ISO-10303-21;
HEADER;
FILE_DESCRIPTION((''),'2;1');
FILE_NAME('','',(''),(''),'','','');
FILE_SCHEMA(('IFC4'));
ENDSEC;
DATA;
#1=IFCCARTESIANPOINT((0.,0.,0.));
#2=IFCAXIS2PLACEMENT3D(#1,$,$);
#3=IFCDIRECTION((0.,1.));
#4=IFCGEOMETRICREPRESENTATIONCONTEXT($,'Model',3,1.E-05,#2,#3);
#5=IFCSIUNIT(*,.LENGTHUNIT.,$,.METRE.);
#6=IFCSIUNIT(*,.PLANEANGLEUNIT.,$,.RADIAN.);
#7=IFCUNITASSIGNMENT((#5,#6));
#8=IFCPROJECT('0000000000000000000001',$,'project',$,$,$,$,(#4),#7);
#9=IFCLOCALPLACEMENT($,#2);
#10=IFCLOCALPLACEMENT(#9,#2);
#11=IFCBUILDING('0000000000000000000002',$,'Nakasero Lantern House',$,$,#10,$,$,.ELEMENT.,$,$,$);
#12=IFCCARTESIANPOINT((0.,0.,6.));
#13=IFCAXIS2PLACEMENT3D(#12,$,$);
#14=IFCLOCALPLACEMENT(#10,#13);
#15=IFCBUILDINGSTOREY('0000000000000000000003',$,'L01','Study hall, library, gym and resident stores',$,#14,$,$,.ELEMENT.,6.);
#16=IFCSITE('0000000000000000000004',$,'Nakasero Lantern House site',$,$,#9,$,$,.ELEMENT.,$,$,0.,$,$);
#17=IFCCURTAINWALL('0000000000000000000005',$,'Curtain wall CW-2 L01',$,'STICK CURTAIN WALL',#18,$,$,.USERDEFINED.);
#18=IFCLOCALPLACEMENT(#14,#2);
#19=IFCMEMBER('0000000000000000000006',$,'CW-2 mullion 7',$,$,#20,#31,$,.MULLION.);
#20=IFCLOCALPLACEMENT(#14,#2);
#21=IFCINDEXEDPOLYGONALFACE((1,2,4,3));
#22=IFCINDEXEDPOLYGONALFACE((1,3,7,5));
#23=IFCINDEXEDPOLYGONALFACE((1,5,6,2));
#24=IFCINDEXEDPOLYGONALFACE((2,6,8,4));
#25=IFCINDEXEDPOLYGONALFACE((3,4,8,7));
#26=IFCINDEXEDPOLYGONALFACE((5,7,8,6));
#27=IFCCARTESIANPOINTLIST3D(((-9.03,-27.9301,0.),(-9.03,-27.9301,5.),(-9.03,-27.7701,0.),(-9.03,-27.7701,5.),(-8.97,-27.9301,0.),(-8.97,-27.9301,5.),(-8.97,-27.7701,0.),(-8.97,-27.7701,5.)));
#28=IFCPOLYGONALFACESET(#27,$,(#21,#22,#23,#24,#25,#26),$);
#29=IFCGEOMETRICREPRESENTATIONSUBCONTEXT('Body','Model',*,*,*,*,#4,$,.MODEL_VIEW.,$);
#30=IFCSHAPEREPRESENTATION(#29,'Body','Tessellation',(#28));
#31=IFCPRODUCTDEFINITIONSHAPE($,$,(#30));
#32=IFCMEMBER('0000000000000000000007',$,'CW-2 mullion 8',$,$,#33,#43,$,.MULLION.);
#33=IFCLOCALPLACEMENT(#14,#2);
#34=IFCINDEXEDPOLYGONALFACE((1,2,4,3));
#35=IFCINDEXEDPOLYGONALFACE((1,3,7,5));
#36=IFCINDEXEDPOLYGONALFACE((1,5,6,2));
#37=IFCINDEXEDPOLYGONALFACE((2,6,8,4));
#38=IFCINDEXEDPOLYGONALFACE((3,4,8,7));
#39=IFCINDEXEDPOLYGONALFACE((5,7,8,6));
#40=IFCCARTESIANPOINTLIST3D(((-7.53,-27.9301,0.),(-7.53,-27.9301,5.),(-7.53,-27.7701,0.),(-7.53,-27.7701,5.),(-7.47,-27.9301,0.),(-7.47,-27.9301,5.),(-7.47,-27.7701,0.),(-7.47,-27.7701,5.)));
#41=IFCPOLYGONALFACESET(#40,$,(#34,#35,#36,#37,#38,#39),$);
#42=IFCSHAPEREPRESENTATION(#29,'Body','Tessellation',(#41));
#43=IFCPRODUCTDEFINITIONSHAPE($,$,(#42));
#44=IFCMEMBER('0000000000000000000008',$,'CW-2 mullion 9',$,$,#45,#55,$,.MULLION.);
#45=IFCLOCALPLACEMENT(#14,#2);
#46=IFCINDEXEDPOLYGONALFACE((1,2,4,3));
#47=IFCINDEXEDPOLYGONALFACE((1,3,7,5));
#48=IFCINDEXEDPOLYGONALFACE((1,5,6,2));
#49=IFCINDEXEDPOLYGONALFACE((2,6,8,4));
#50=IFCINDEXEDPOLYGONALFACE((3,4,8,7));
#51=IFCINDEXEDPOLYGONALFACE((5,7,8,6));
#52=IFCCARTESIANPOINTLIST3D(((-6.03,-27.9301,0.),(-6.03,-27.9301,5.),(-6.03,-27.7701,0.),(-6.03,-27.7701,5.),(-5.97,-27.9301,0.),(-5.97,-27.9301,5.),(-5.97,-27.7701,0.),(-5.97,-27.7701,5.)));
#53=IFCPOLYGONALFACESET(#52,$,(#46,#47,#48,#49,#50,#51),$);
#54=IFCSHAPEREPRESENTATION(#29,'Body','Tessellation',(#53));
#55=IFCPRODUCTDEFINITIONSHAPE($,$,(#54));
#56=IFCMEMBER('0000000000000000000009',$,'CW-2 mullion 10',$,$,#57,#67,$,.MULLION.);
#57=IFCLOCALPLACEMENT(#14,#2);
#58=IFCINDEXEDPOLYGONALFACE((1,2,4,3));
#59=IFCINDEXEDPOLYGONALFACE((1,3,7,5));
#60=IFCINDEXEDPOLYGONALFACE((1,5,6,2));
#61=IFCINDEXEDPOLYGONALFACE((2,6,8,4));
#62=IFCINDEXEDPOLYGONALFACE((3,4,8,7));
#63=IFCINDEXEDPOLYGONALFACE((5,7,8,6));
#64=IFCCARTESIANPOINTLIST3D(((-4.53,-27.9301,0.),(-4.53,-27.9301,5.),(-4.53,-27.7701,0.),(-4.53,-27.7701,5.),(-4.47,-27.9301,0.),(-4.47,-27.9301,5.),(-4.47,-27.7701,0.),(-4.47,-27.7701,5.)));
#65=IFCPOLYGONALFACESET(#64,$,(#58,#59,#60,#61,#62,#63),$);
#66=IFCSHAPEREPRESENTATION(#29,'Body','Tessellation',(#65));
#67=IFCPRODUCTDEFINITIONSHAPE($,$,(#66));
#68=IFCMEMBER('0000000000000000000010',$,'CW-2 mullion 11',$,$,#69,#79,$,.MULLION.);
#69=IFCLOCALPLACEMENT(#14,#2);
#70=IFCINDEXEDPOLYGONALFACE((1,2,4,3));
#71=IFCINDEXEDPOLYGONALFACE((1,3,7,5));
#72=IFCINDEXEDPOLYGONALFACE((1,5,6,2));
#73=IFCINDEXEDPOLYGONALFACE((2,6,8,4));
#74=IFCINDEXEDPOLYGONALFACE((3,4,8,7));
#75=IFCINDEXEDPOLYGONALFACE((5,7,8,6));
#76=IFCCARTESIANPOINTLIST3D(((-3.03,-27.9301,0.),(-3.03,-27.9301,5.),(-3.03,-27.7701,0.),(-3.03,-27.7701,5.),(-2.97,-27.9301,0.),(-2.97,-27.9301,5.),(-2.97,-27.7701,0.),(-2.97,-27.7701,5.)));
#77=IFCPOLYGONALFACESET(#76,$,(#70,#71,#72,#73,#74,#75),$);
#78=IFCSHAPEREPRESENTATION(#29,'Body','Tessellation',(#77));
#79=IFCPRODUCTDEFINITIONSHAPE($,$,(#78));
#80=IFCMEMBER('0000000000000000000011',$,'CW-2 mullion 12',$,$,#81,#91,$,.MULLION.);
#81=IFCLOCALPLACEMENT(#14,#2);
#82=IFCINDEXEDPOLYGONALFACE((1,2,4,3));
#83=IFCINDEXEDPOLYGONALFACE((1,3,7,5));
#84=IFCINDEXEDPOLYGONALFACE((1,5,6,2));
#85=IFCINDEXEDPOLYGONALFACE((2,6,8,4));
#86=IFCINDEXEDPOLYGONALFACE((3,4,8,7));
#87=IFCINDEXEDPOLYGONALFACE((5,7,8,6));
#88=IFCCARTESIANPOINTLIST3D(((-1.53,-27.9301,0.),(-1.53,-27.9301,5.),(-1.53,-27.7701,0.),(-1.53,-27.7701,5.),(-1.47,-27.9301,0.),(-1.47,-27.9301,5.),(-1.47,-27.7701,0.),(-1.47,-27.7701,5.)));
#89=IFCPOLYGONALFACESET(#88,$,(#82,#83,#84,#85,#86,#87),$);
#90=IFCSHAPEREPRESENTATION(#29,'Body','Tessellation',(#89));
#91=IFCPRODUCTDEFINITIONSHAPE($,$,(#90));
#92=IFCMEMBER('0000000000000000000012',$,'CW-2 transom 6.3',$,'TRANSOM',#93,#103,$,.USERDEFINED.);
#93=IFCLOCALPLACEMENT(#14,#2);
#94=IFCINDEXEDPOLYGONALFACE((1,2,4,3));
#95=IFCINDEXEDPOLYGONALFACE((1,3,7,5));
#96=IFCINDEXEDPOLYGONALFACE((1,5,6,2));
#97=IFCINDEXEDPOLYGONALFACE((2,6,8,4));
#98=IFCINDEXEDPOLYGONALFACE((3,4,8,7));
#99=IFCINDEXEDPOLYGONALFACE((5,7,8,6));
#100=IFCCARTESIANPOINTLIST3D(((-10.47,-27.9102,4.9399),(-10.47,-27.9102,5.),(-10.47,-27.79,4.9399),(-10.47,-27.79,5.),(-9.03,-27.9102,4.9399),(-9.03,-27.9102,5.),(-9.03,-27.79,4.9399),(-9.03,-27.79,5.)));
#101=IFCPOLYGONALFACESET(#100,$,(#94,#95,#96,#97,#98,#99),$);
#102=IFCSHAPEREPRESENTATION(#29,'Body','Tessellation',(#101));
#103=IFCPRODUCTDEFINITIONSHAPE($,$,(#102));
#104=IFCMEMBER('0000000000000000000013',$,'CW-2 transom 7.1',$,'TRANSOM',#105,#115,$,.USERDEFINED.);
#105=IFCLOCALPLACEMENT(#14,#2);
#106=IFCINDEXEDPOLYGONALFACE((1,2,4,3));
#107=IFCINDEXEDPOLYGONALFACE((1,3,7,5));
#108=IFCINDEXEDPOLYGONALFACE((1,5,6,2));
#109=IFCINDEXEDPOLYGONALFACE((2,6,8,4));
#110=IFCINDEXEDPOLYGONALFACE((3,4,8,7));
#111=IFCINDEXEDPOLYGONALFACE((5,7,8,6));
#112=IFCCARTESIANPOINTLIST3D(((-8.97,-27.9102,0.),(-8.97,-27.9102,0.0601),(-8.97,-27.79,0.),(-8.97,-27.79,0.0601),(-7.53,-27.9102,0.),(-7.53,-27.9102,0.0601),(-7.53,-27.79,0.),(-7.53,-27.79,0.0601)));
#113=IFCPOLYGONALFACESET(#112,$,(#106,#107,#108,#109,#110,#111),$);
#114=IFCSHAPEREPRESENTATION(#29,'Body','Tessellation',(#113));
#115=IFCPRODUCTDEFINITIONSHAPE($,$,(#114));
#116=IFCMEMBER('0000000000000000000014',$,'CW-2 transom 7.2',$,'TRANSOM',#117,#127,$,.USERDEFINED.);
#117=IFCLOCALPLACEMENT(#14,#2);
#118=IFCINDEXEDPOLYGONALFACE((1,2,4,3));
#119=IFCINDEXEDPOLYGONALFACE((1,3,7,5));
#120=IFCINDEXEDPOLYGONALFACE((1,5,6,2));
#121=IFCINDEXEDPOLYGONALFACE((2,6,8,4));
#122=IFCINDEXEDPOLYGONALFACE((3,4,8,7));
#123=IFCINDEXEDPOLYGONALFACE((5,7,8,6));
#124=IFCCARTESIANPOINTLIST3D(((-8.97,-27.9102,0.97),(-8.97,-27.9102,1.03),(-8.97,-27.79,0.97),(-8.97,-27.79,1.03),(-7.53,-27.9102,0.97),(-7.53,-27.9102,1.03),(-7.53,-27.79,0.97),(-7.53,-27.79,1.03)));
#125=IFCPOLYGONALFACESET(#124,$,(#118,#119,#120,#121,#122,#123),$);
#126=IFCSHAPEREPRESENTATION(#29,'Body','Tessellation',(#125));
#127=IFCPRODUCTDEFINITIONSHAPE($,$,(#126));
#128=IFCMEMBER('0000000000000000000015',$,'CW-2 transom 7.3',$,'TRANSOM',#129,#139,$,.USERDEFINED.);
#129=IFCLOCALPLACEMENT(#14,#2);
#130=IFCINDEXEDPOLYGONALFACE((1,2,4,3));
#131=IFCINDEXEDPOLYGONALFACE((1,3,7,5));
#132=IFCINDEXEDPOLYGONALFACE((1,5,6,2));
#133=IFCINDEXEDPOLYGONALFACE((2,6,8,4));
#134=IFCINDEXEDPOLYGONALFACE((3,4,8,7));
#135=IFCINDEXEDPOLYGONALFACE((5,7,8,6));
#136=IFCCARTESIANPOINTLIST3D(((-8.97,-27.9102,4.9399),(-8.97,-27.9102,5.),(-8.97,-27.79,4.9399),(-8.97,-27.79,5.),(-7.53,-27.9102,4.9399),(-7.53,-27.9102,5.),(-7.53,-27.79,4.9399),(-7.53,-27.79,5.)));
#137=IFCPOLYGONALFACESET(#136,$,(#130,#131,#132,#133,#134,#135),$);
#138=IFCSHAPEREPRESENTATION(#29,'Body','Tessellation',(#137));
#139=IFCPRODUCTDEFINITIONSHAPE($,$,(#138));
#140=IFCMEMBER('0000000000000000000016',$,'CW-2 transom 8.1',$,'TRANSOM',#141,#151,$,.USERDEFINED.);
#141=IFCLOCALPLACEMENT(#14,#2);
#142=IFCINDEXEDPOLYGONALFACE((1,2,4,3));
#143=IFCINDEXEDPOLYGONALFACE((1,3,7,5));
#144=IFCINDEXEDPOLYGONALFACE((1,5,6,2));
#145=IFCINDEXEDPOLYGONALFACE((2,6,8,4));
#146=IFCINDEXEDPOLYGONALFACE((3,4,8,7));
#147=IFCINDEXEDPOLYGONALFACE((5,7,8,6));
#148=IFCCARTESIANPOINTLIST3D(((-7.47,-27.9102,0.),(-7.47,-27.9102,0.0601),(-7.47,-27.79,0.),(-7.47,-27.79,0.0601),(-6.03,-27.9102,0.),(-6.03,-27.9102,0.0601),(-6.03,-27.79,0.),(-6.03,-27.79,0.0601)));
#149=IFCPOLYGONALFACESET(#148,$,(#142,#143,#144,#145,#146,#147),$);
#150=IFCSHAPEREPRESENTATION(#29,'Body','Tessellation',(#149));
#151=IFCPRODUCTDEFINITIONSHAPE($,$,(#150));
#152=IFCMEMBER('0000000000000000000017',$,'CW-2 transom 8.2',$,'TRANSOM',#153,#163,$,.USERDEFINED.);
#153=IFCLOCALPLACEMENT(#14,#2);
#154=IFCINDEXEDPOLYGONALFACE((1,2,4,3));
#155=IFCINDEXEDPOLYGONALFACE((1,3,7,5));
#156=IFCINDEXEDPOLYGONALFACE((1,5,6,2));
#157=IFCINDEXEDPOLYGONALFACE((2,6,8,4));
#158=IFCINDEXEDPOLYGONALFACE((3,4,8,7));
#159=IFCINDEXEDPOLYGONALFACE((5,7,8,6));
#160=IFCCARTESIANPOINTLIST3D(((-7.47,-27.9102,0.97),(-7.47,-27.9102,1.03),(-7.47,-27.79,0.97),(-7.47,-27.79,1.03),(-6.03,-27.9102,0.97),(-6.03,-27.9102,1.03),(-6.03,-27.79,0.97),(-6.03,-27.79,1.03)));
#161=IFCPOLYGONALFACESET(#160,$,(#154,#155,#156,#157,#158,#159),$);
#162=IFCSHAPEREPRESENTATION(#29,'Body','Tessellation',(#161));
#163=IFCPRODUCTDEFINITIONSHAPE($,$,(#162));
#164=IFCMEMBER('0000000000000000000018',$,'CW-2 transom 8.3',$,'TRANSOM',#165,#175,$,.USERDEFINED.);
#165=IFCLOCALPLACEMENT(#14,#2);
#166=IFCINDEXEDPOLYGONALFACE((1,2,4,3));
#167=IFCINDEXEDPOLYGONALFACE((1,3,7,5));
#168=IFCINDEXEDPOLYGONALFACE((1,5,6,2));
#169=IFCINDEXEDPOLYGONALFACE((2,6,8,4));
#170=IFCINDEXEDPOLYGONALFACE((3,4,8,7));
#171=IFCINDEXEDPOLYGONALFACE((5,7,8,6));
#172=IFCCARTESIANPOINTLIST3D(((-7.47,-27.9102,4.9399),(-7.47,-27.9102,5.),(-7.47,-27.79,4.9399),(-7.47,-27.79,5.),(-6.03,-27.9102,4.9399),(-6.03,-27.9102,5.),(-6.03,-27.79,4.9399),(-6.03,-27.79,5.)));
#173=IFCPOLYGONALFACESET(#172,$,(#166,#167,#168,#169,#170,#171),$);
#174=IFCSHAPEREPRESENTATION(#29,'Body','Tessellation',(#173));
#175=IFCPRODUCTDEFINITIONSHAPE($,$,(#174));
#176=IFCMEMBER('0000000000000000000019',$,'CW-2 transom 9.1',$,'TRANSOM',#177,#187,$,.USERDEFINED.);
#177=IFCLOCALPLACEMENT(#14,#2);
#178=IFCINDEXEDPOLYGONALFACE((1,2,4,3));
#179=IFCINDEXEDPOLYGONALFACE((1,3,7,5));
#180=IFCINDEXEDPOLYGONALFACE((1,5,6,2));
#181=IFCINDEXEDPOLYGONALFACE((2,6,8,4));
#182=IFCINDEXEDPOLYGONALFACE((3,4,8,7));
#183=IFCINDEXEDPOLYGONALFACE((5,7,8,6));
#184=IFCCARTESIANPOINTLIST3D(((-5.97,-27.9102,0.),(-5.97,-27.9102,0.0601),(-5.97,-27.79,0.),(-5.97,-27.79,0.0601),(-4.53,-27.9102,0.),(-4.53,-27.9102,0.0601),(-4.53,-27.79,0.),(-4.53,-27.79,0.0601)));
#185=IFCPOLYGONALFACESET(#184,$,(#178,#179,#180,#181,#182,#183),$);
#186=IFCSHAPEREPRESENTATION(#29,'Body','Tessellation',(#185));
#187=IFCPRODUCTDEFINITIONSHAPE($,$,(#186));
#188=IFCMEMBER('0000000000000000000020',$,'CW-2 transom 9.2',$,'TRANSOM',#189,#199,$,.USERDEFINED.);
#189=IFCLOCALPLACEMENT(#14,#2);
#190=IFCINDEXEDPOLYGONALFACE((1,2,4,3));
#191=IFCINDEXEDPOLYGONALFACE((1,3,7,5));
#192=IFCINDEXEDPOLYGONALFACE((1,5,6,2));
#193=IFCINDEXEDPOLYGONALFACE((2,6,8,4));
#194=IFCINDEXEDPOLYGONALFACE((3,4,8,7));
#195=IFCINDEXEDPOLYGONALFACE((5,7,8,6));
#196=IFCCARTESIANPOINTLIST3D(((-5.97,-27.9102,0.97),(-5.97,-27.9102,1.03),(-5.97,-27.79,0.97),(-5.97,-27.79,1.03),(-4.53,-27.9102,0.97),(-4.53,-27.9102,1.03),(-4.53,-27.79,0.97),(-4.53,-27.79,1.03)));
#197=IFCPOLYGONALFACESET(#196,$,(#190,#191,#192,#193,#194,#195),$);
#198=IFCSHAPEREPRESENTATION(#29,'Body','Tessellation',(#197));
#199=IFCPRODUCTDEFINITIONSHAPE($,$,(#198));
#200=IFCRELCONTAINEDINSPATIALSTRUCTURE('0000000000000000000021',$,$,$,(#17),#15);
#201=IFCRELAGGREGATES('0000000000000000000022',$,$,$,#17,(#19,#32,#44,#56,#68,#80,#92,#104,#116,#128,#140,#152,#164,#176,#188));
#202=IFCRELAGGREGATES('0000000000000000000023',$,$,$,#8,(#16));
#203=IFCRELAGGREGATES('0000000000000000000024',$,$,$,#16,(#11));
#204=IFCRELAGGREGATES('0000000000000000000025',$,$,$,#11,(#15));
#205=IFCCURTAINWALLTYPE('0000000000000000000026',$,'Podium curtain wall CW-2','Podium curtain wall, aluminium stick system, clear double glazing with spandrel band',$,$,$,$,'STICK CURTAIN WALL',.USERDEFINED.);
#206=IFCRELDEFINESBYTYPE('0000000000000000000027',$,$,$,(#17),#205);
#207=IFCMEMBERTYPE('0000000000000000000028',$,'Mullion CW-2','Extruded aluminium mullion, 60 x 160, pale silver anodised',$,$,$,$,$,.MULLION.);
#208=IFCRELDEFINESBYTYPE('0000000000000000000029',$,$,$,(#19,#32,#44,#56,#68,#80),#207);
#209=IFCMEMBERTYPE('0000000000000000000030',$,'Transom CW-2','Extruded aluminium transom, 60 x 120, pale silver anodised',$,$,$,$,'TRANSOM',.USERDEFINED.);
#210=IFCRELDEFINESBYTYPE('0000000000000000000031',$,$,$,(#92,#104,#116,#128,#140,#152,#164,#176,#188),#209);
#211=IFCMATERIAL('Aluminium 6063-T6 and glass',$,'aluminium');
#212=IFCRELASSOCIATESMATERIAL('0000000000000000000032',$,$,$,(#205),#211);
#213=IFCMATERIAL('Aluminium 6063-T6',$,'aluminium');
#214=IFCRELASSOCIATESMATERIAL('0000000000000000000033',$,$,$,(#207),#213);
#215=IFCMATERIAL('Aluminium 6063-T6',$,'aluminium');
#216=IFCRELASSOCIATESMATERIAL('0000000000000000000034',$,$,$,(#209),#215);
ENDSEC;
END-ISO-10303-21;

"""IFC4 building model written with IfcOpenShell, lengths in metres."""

from ifc_helpers import new_model, si_unit, direction, frame, origin, origin_2d, place, context, subcontext, project, spatial, rectangle, extrude, material, material_profile, profile_set, type_object, element, aggregate, save


model = new_model("IFC4")

# Units and contexts
model_context = context("Model", 3, precision=1e-05, world=origin(), true_north=direction((0.0, 1.0)))
body_context = subcontext(model_context, "Body", "Model", "MODEL_VIEW")
ifc_project = project(units=[si_unit("LENGTHUNIT", "METRE"), si_unit("PLANEANGLEUNIT", "RADIAN")], contexts=[model_context])

# Site, building, storey
site_placement = place(None, origin())
site = spatial("IfcSite", under=ifc_project, at=site_placement, Name="Nakasero Lantern House site", CompositionType="ELEMENT", RefElevation=0.0)
building_placement = place(site_placement, origin())
building = spatial("IfcBuilding", under=site, at=building_placement, Name="Nakasero Lantern House", CompositionType="ELEMENT")
storey_placement = place(building_placement, frame((0.0, 0.0, 6.0)))
storey = spatial("IfcBuildingStorey", under=building, at=storey_placement, Name="L01", Description="Study hall, library, gym and resident stores", CompositionType="ELEMENT", Elevation=6.0)

# Curtain wall, members
ifc_material_1 = material(Name="Aluminium 6063-T6 and glass", Category="aluminium")
curtain_wall_type = type_object("IfcCurtainWallType", Name="Podium curtain wall CW-2", Description="Podium curtain wall, aluminium stick system, clear double glazing with spandrel band", ElementType="STICK CURTAIN WALL", PredefinedType="USERDEFINED", material=ifc_material_1)
curtain_wall_placement = place(storey_placement, origin())
curtain_wall = element("IfcCurtainWall", 1, at=curtain_wall_placement, inside=storey, type_object=curtain_wall_type, Name="Curtain wall CW-2 L01", ObjectType="STICK CURTAIN WALL", PredefinedType="USERDEFINED")
ifc_material_2 = material(Name="Aluminium 6063-T6", Category="aluminium")
ifc_material_profile_1 = material_profile(ifc_material_2, rectangle(XDim=0.0601, YDim=0.1599, at=origin_2d()), Name="CW-2 mullion 60x160")
ifc_profile_set_1 = profile_set([ifc_material_profile_1], Name="Aluminium 6063-T6")
member_type_1 = type_object("IfcMemberType", Name="Mullion CW-2", Description="Extruded aluminium mullion, 60 x 160, pale silver anodised", PredefinedType="MULLION", material=ifc_profile_set_1)
member_1_placement = place(storey_placement, frame((-9.0, -27.8501, 0.0), z_axis=(0.0, 0.0, 1.0), x_axis=(1.0, 0.0, 0.0)))
member_1 = element("IfcMember", 2, at=member_1_placement, type_object=member_type_1, Name="CW-2 mullion 7", PredefinedType="MULLION", context=body_context, shape_type="SweptSolid", body=[
    extrude(rectangle(XDim=0.0601, YDim=0.1599, at=origin_2d()), origin(), (0.0, 0.0, 1.0), 5.0),
])
member_2_placement = place(storey_placement, frame((-7.5, -27.8501, 0.0), z_axis=(0.0, 0.0, 1.0), x_axis=(1.0, 0.0, 0.0)))
member_2 = element("IfcMember", 3, at=member_2_placement, type_object=member_type_1, Name="CW-2 mullion 8", PredefinedType="MULLION", context=body_context, shape_type="SweptSolid", body=[
    extrude(rectangle(XDim=0.0601, YDim=0.1599, at=origin_2d()), origin(), (0.0, 0.0, 1.0), 5.0),
])
member_3_placement = place(storey_placement, frame((-6.0, -27.8501, 0.0), z_axis=(0.0, 0.0, 1.0), x_axis=(1.0, 0.0, 0.0)))
member_3 = element("IfcMember", 4, at=member_3_placement, type_object=member_type_1, Name="CW-2 mullion 9", PredefinedType="MULLION", context=body_context, shape_type="SweptSolid", body=[
    extrude(rectangle(XDim=0.0601, YDim=0.1599, at=origin_2d()), origin(), (0.0, 0.0, 1.0), 5.0),
])
member_4_placement = place(storey_placement, frame((-4.5, -27.8501, 0.0), z_axis=(0.0, 0.0, 1.0), x_axis=(1.0, 0.0, 0.0)))
member_4 = element("IfcMember", 5, at=member_4_placement, type_object=member_type_1, Name="CW-2 mullion 10", PredefinedType="MULLION", context=body_context, shape_type="SweptSolid", body=[
    extrude(rectangle(XDim=0.0601, YDim=0.1599, at=origin_2d()), origin(), (0.0, 0.0, 1.0), 5.0),
])
member_5_placement = place(storey_placement, frame((-3.0, -27.8501, 0.0), z_axis=(0.0, 0.0, 1.0), x_axis=(1.0, 0.0, 0.0)))
member_5 = element("IfcMember", 6, at=member_5_placement, type_object=member_type_1, Name="CW-2 mullion 11", PredefinedType="MULLION", context=body_context, shape_type="SweptSolid", body=[
    extrude(rectangle(XDim=0.0601, YDim=0.1599, at=origin_2d()), origin(), (0.0, 0.0, 1.0), 5.0),
])
member_6_placement = place(storey_placement, frame((-1.5, -27.8501, 0.0), z_axis=(0.0, 0.0, 1.0), x_axis=(1.0, 0.0, 0.0)))
member_6 = element("IfcMember", 7, at=member_6_placement, type_object=member_type_1, Name="CW-2 mullion 12", PredefinedType="MULLION", context=body_context, shape_type="SweptSolid", body=[
    extrude(rectangle(XDim=0.0601, YDim=0.1599, at=origin_2d()), origin(), (0.0, 0.0, 1.0), 5.0),
])
ifc_material_3 = material(Name="Aluminium 6063-T6", Category="aluminium")
ifc_material_profile_2 = material_profile(ifc_material_3, rectangle(XDim=0.0601, YDim=0.1201, at=origin_2d()), Name="CW-2 transom 60x120")
ifc_profile_set_2 = profile_set([ifc_material_profile_2], Name="Aluminium 6063-T6")
member_type_2 = type_object("IfcMemberType", Name="Transom CW-2", Description="Extruded aluminium transom, 60 x 120, pale silver anodised", ElementType="TRANSOM", PredefinedType="USERDEFINED", material=ifc_profile_set_2)
member_7_placement = place(storey_placement, frame((-10.47, -27.8501, 4.97), z_axis=(1.0, 0.0, 0.0), x_axis=(0.0, 0.0, 1.0)))
member_7 = element("IfcMember", 8, at=member_7_placement, type_object=member_type_2, Name="CW-2 transom 6.3", ObjectType="TRANSOM", PredefinedType="USERDEFINED", context=body_context, shape_type="SweptSolid", body=[
    extrude(rectangle(XDim=0.0601, YDim=0.1201, at=origin_2d()), origin(), (0.0, 0.0, 1.0), 1.4399),
])
member_8_placement = place(storey_placement, frame((-8.97, -27.8501, 0.03), z_axis=(1.0, 0.0, 0.0), x_axis=(0.0, 0.0, 1.0)))
member_8 = element("IfcMember", 9, at=member_8_placement, type_object=member_type_2, Name="CW-2 transom 7.1", ObjectType="TRANSOM", PredefinedType="USERDEFINED", context=body_context, shape_type="SweptSolid", body=[
    extrude(rectangle(XDim=0.0601, YDim=0.1201, at=origin_2d()), origin(), (0.0, 0.0, 1.0), 1.4399),
])
member_9_placement = place(storey_placement, frame((-8.97, -27.8501, 1.0), z_axis=(1.0, 0.0, 0.0), x_axis=(0.0, 0.0, 1.0)))
member_9 = element("IfcMember", 10, at=member_9_placement, type_object=member_type_2, Name="CW-2 transom 7.2", ObjectType="TRANSOM", PredefinedType="USERDEFINED", context=body_context, shape_type="SweptSolid", body=[
    extrude(rectangle(XDim=0.0601, YDim=0.1201, at=origin_2d()), origin(), (0.0, 0.0, 1.0), 1.4399),
])
member_10_placement = place(storey_placement, frame((-8.97, -27.8501, 4.97), z_axis=(1.0, 0.0, 0.0), x_axis=(0.0, 0.0, 1.0)))
member_10 = element("IfcMember", 11, at=member_10_placement, type_object=member_type_2, Name="CW-2 transom 7.3", ObjectType="TRANSOM", PredefinedType="USERDEFINED", context=body_context, shape_type="SweptSolid", body=[
    extrude(rectangle(XDim=0.0601, YDim=0.1201, at=origin_2d()), origin(), (0.0, 0.0, 1.0), 1.4399),
])
member_11_placement = place(storey_placement, frame((-7.47, -27.8501, 0.03), z_axis=(1.0, 0.0, 0.0), x_axis=(0.0, 0.0, 1.0)))
member_11 = element("IfcMember", 12, at=member_11_placement, type_object=member_type_2, Name="CW-2 transom 8.1", ObjectType="TRANSOM", PredefinedType="USERDEFINED", context=body_context, shape_type="SweptSolid", body=[
    extrude(rectangle(XDim=0.0601, YDim=0.1201, at=origin_2d()), origin(), (0.0, 0.0, 1.0), 1.4399),
])
member_12_placement = place(storey_placement, frame((-7.47, -27.8501, 1.0), z_axis=(1.0, 0.0, 0.0), x_axis=(0.0, 0.0, 1.0)))
member_12 = element("IfcMember", 13, at=member_12_placement, type_object=member_type_2, Name="CW-2 transom 8.2", ObjectType="TRANSOM", PredefinedType="USERDEFINED", context=body_context, shape_type="SweptSolid", body=[
    extrude(rectangle(XDim=0.0601, YDim=0.1201, at=origin_2d()), origin(), (0.0, 0.0, 1.0), 1.4399),
])
member_13_placement = place(storey_placement, frame((-7.47, -27.8501, 4.97), z_axis=(1.0, 0.0, 0.0), x_axis=(0.0, 0.0, 1.0)))
member_13 = element("IfcMember", 14, at=member_13_placement, type_object=member_type_2, Name="CW-2 transom 8.3", ObjectType="TRANSOM", PredefinedType="USERDEFINED", context=body_context, shape_type="SweptSolid", body=[
    extrude(rectangle(XDim=0.0601, YDim=0.1201, at=origin_2d()), origin(), (0.0, 0.0, 1.0), 1.4399),
])
member_14_placement = place(storey_placement, frame((-5.97, -27.8501, 0.03), z_axis=(1.0, 0.0, 0.0), x_axis=(0.0, 0.0, 1.0)))
member_14 = element("IfcMember", 15, at=member_14_placement, type_object=member_type_2, Name="CW-2 transom 9.1", ObjectType="TRANSOM", PredefinedType="USERDEFINED", context=body_context, shape_type="SweptSolid", body=[
    extrude(rectangle(XDim=0.0601, YDim=0.1201, at=origin_2d()), origin(), (0.0, 0.0, 1.0), 1.4399),
])
member_15_placement = place(storey_placement, frame((-5.97, -27.8501, 1.0), z_axis=(1.0, 0.0, 0.0), x_axis=(0.0, 0.0, 1.0)))
member_15 = element("IfcMember", 16, at=member_15_placement, type_object=member_type_2, Name="CW-2 transom 9.2", ObjectType="TRANSOM", PredefinedType="USERDEFINED", context=body_context, shape_type="SweptSolid", body=[
    extrude(rectangle(XDim=0.0601, YDim=0.1201, at=origin_2d()), origin(), (0.0, 0.0, 1.0), 1.4399),
])
aggregate(curtain_wall, [member_1, member_2, member_3, member_4, member_5, member_6, member_7, member_8, member_9, member_10, member_11, member_12, member_13, member_14, member_15])

save(model, "model.ifc")
